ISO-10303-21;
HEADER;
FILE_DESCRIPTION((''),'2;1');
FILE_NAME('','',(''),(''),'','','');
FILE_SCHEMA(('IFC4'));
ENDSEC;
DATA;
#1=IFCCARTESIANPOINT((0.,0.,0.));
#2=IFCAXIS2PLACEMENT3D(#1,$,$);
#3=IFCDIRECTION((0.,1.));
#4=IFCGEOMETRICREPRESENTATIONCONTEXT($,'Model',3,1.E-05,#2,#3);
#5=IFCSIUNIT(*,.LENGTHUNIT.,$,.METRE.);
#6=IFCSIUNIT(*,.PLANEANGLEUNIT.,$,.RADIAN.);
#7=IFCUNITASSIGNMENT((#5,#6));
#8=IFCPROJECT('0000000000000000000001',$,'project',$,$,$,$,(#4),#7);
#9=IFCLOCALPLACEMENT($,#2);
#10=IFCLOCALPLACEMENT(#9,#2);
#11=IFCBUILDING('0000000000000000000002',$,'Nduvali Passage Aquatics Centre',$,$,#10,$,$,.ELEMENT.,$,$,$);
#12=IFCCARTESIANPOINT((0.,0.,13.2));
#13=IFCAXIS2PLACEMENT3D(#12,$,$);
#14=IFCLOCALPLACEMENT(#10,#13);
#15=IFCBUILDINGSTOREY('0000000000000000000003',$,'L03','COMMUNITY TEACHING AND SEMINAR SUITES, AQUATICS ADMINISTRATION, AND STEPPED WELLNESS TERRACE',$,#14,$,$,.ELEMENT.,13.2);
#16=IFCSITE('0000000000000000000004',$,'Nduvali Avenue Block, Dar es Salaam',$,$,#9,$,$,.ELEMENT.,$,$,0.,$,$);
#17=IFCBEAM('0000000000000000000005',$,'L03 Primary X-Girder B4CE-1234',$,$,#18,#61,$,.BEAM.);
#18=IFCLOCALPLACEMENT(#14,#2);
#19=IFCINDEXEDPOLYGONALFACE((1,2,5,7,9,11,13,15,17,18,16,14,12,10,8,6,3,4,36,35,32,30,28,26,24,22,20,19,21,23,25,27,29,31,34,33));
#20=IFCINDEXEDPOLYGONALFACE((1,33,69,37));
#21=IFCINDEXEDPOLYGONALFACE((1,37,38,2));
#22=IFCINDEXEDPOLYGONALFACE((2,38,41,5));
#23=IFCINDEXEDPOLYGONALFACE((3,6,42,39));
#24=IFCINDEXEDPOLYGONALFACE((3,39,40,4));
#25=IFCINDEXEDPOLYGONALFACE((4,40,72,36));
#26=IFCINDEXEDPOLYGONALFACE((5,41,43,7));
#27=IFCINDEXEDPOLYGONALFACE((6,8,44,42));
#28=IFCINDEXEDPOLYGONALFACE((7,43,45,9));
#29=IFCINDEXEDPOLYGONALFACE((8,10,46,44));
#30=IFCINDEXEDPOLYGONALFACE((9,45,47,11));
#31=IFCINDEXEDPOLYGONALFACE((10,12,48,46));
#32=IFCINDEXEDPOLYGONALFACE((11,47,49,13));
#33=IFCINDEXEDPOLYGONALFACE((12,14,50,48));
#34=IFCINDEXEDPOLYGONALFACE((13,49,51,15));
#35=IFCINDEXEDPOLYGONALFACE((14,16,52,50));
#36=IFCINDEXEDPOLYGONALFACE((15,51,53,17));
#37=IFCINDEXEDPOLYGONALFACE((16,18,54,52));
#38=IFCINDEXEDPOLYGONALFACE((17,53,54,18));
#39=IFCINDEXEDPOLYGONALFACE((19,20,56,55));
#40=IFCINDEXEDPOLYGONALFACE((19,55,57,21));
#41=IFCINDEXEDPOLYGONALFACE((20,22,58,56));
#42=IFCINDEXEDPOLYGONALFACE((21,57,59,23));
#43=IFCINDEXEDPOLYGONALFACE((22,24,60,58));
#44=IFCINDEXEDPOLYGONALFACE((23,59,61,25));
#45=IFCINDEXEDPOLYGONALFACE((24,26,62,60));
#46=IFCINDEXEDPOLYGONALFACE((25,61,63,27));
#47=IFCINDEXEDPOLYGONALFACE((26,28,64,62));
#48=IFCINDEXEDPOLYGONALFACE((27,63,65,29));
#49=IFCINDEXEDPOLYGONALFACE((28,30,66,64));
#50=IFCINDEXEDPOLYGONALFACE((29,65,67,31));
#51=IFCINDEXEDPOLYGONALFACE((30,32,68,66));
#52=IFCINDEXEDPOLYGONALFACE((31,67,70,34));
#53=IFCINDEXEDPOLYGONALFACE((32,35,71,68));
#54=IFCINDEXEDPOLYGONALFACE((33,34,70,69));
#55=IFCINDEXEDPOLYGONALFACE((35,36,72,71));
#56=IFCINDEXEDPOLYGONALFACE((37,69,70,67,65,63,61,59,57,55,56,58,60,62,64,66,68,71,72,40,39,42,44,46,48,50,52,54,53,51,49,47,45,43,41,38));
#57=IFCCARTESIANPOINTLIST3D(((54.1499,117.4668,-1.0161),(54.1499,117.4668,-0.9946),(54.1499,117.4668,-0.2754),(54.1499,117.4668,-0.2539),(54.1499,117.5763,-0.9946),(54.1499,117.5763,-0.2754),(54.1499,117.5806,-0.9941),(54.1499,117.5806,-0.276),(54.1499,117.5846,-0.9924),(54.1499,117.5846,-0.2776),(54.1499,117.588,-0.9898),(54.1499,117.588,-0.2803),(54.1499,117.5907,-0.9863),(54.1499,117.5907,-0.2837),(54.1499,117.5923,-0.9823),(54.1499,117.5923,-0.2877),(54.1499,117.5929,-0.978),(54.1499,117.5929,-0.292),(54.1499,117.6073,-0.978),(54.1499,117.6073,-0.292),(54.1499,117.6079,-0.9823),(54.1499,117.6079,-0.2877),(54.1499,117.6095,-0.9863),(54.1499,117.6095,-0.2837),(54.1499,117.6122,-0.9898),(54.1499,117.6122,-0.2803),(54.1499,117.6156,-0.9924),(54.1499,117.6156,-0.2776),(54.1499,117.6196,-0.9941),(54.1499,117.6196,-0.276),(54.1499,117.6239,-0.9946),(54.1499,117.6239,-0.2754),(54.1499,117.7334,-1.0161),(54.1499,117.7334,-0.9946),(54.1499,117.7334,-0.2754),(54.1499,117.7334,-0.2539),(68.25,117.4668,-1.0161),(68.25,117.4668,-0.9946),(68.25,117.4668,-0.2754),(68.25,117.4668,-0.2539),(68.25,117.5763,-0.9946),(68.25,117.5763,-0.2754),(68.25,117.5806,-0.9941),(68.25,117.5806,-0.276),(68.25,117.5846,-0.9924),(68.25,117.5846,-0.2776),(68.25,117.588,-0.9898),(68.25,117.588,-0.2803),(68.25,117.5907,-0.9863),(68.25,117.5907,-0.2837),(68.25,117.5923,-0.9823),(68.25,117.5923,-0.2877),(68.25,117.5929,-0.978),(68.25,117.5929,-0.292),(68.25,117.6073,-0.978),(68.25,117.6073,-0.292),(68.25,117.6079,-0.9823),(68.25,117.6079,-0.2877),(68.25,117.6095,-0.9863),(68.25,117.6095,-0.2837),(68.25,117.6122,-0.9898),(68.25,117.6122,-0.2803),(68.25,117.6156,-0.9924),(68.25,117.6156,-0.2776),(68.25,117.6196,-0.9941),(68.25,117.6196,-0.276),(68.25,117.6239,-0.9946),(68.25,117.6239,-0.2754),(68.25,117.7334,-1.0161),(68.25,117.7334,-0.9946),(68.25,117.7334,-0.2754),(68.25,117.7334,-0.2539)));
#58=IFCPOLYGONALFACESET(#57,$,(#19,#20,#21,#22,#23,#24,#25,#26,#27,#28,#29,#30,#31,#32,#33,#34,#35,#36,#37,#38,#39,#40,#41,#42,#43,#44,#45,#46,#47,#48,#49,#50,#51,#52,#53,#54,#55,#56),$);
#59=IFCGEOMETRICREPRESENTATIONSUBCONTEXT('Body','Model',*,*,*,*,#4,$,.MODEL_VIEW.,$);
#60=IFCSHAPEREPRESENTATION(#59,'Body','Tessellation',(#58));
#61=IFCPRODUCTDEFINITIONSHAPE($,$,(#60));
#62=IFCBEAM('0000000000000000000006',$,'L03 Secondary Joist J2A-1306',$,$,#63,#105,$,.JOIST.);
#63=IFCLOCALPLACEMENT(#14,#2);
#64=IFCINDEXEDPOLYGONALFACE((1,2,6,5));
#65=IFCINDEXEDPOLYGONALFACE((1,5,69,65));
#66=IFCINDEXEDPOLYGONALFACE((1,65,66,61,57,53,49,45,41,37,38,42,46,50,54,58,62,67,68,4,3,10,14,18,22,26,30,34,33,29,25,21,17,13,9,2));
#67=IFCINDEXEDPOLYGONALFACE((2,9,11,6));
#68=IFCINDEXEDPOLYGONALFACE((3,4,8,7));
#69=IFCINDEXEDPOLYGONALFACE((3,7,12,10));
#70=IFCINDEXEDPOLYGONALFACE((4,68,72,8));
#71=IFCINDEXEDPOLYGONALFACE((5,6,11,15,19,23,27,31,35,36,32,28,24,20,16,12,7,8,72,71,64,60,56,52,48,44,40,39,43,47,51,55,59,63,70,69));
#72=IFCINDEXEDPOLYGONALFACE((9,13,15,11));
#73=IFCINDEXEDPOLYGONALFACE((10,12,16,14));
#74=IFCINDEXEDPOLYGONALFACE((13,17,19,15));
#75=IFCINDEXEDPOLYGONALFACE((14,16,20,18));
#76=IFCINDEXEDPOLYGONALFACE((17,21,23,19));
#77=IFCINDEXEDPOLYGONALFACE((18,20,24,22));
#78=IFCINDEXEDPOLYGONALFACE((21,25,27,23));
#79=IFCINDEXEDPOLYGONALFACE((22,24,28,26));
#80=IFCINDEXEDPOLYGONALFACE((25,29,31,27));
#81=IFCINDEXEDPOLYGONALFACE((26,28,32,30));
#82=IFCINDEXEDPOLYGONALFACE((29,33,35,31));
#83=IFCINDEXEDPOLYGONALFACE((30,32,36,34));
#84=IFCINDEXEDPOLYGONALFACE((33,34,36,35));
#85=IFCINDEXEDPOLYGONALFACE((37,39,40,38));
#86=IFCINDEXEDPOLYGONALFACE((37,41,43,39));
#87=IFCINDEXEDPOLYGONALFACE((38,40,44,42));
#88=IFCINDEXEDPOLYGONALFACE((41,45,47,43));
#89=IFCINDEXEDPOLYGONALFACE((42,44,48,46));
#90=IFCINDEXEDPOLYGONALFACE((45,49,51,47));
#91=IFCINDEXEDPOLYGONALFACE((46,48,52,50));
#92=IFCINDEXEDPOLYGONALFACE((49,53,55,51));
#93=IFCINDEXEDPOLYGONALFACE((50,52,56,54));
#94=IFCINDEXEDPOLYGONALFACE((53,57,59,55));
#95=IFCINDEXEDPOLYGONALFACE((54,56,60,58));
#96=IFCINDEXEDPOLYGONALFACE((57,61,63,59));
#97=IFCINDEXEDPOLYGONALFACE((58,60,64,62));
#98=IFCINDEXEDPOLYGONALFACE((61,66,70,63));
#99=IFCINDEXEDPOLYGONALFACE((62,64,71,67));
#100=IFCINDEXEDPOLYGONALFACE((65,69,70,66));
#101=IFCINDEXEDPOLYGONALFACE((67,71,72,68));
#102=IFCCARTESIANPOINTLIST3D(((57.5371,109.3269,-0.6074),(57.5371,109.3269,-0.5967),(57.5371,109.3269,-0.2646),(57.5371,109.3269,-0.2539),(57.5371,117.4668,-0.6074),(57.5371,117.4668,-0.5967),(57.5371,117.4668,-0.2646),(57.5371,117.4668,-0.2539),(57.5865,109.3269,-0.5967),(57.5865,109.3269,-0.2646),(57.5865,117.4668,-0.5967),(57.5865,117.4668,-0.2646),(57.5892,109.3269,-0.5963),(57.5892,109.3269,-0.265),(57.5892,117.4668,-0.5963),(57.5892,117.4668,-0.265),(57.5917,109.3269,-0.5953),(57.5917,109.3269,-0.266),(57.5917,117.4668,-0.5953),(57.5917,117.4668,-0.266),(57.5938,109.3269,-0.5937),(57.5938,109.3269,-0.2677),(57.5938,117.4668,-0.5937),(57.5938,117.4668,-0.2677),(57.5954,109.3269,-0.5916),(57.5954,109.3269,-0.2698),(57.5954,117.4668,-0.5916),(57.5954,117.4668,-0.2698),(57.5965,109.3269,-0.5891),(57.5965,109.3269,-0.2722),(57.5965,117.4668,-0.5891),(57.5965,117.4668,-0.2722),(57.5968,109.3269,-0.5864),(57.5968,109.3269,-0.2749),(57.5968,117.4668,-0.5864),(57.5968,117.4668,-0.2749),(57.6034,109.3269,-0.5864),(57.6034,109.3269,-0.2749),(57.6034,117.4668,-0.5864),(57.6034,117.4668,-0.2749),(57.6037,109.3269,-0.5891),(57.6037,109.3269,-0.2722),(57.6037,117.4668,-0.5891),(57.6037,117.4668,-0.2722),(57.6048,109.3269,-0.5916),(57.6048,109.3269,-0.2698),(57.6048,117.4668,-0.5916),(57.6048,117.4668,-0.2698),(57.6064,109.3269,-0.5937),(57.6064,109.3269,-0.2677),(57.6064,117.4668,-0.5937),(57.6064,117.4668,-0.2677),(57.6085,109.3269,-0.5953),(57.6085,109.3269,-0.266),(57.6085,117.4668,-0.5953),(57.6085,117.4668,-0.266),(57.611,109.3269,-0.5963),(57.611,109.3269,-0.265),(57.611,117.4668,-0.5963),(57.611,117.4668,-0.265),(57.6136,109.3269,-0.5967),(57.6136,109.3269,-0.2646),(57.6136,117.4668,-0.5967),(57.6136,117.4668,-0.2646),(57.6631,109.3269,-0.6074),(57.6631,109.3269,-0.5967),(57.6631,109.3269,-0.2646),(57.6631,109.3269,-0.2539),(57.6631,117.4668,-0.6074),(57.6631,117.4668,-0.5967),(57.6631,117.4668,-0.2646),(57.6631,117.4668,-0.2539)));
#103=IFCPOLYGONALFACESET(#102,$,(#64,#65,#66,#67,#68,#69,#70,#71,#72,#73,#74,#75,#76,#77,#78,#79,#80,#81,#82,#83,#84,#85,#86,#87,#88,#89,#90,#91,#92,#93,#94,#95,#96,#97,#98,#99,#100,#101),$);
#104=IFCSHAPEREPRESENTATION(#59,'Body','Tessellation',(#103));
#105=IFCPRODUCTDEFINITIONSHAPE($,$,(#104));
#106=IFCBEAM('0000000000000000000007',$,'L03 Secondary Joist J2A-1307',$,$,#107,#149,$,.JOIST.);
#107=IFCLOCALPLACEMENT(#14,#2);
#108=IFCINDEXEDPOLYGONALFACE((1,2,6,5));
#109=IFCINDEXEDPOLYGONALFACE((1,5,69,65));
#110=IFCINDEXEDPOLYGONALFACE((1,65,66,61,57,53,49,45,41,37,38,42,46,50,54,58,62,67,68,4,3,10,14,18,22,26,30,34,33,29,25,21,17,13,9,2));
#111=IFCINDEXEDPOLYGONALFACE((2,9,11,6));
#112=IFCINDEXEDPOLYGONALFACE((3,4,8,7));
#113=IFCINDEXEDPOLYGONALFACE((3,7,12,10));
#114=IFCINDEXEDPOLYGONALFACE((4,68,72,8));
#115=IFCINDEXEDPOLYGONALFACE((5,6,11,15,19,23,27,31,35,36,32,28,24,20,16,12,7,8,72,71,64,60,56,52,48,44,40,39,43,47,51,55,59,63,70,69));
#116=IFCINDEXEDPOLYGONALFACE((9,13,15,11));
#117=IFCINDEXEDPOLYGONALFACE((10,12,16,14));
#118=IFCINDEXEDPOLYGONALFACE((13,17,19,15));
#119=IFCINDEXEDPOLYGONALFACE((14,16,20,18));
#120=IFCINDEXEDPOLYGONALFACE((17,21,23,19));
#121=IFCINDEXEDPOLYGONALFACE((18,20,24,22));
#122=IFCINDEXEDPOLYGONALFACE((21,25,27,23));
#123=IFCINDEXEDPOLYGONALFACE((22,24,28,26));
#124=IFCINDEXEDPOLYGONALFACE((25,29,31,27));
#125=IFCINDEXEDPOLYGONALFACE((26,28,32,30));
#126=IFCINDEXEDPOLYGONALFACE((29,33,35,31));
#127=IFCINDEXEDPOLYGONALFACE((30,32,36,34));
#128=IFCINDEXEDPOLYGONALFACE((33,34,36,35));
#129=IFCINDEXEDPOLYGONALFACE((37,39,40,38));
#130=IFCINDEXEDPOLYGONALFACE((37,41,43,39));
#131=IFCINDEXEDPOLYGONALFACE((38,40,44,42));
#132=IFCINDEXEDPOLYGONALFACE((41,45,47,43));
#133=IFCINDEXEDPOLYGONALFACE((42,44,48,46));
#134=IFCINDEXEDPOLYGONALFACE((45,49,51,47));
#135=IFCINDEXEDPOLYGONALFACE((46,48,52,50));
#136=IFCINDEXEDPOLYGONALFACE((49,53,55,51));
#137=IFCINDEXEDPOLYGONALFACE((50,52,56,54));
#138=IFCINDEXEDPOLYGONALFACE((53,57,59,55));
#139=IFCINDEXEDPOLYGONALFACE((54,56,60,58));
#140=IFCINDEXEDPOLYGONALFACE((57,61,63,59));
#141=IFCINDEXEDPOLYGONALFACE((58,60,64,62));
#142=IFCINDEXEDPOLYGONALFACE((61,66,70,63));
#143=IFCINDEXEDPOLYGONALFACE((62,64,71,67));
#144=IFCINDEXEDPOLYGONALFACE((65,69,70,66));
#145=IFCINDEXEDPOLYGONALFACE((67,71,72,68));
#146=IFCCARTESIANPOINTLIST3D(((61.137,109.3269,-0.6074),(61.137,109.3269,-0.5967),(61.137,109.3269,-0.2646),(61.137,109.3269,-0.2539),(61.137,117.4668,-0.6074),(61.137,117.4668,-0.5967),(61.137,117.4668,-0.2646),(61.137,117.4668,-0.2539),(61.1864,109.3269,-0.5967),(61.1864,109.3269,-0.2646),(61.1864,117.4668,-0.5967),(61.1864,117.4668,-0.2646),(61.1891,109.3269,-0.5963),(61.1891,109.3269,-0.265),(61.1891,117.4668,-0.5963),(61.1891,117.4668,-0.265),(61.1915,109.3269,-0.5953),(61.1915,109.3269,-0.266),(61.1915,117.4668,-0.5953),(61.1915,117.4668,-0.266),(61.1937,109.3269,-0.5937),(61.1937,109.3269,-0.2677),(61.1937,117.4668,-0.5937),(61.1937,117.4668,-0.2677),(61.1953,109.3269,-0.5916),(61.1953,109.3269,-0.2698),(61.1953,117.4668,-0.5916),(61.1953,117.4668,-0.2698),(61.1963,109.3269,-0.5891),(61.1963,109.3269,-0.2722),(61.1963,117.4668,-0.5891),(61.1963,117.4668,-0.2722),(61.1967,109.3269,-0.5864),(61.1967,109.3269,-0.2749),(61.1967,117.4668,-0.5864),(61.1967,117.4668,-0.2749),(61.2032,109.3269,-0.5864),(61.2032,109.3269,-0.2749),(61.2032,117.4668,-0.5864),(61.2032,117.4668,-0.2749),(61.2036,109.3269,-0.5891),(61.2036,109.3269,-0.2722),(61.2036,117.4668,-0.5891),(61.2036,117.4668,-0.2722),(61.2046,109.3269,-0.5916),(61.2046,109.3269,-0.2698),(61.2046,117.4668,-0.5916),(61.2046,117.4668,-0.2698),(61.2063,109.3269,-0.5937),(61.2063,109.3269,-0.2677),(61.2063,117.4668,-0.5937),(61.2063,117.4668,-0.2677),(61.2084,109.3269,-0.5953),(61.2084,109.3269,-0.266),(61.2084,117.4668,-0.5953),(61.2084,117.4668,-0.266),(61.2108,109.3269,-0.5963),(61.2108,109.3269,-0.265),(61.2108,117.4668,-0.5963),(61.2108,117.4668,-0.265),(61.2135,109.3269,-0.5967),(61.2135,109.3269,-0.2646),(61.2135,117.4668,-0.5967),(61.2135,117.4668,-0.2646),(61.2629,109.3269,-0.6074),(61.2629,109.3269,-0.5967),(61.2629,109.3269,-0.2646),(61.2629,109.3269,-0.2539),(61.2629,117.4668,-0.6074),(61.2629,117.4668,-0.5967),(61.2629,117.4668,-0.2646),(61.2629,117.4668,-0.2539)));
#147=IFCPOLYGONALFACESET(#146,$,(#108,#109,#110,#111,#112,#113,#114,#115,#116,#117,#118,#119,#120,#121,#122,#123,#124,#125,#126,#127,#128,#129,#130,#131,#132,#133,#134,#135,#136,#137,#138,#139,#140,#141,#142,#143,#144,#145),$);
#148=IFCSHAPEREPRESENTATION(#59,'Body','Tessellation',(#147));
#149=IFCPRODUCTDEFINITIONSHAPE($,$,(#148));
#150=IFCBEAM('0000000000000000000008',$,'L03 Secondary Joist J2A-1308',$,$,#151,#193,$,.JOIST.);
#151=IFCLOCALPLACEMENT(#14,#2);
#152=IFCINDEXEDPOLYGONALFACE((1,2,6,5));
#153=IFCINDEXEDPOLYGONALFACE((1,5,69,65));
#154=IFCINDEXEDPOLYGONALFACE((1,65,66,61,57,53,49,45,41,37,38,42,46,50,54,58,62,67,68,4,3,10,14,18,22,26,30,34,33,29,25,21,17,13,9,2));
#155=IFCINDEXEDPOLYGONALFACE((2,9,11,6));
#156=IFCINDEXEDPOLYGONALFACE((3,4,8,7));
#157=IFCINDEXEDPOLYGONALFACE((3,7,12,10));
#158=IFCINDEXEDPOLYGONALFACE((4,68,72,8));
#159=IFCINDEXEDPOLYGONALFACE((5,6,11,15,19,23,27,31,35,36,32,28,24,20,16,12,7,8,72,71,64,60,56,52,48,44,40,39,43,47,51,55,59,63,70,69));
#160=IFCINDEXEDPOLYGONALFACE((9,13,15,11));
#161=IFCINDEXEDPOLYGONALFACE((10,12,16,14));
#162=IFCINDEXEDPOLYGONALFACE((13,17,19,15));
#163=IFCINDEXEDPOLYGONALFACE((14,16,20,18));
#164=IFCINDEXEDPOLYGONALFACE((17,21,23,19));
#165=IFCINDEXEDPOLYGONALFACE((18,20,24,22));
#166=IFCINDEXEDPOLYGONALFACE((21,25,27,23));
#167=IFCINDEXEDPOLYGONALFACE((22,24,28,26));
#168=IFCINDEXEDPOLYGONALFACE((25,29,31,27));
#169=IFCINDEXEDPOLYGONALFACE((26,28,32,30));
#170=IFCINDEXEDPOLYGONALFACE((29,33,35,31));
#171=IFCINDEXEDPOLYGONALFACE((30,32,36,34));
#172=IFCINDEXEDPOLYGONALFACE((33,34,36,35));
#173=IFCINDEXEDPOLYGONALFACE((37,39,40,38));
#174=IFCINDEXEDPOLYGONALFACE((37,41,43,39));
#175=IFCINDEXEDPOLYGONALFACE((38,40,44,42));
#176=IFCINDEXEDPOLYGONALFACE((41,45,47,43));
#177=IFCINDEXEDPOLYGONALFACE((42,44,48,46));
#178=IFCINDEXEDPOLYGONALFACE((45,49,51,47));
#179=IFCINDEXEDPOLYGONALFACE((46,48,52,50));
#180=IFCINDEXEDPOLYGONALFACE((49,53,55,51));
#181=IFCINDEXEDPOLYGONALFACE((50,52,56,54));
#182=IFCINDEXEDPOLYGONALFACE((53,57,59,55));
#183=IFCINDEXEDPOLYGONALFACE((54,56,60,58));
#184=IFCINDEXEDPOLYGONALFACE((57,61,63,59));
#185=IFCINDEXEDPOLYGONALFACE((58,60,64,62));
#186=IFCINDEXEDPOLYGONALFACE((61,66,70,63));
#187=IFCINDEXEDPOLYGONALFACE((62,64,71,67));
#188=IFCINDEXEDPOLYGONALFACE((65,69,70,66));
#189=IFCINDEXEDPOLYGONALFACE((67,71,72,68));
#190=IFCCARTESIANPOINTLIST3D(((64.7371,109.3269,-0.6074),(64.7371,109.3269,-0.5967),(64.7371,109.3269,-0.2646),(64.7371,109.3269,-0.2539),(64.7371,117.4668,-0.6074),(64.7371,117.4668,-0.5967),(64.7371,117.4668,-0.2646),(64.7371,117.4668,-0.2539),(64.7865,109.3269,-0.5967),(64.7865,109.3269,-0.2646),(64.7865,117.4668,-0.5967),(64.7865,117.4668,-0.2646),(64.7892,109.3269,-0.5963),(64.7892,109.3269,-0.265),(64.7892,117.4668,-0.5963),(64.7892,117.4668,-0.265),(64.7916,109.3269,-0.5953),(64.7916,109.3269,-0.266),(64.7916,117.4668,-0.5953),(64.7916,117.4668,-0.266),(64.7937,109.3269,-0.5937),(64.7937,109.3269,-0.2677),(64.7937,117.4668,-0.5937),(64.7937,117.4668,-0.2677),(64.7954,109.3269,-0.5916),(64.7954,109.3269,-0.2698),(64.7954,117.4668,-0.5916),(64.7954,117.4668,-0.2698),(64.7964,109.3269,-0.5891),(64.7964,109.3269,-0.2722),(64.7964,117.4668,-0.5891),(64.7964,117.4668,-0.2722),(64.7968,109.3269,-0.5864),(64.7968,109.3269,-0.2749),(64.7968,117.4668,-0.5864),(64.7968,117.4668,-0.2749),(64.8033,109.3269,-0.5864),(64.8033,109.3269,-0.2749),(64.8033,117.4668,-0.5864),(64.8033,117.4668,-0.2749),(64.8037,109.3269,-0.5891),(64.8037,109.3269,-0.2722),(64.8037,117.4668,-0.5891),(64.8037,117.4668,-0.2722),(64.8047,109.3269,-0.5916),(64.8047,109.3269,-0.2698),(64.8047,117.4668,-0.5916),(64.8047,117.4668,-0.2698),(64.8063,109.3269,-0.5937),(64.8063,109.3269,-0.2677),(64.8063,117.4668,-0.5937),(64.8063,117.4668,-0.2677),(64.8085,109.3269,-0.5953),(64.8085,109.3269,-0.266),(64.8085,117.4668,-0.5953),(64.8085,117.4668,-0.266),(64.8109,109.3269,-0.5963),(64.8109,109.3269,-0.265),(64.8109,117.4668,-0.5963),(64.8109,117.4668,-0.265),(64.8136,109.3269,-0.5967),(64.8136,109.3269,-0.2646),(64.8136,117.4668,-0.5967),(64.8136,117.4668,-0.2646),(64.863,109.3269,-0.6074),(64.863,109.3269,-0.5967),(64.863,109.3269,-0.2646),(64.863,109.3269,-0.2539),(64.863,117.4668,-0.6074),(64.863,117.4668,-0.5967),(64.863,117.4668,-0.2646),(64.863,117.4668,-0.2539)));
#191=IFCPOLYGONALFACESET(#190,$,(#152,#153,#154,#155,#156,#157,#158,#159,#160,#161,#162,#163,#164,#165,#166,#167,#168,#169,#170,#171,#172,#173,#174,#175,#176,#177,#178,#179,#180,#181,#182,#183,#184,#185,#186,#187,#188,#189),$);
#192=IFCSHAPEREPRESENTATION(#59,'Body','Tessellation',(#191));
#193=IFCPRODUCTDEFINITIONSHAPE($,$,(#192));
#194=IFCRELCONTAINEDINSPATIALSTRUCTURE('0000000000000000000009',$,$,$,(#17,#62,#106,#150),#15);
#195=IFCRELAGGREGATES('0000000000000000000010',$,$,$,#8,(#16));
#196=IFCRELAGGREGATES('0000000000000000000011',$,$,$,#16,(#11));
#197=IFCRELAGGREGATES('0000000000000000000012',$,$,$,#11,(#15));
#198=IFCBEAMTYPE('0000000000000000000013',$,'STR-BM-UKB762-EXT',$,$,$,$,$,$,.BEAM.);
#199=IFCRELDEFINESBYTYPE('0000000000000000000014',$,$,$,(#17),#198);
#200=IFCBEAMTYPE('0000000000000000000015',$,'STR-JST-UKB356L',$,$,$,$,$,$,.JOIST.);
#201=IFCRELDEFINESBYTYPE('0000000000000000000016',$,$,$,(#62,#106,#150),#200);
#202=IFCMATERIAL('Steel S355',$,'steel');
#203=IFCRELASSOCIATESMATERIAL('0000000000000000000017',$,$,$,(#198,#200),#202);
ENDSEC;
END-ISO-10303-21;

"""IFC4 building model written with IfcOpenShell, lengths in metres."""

from ifc_helpers import new_model, si_unit, direction, frame, origin, origin_2d, place, context, subcontext, project, spatial, i_section, extrude, material, material_profile, profile_set, type_object, element, save


model = new_model("IFC4")

# Units and contexts
model_context = context("Model", 3, precision=1e-05, world=origin(), true_north=direction((0.0, 1.0)))
body_context = subcontext(model_context, "Body", "Model", "MODEL_VIEW")
ifc_project = project(units=[si_unit("LENGTHUNIT", "METRE"), si_unit("PLANEANGLEUNIT", "RADIAN")], contexts=[model_context])

# Site, building, storey
site_placement = place(None, origin())
site = spatial("IfcSite", under=ifc_project, at=site_placement, Name="Nduvali Avenue Block, Dar es Salaam", CompositionType="ELEMENT", RefElevation=0.0)
building_placement = place(site_placement, origin())
building = spatial("IfcBuilding", under=site, at=building_placement, Name="Nduvali Passage Aquatics Centre", CompositionType="ELEMENT")
storey_placement = place(building_placement, frame((0.0, 0.0, 13.2)))
storey = spatial("IfcBuildingStorey", under=building, at=storey_placement, Name="L03", Description="COMMUNITY TEACHING AND SEMINAR SUITES, AQUATICS ADMINISTRATION, AND STEPPED WELLNESS TERRACE", CompositionType="ELEMENT", Elevation=13.2)

# Shared definitions
ifc_material_1 = material(Name="Steel S355", Category="steel")

# Beams
ifc_material_profile_1 = material_profile(ifc_material_1, i_section(OverallWidth=0.2666, OverallDepth=0.7622, WebThickness=0.0144, FlangeThickness=0.0215, FilletRadius=0.0166, at=origin_2d()), Name="UKB 762x267x173")
ifc_profile_set_1 = profile_set([ifc_material_profile_1], Name="Steel S355")
beam_type_1 = type_object("IfcBeamType", Name="STR-BM-UKB762-EXT", PredefinedType="BEAM", material=ifc_profile_set_1)
beam_1_placement = place(storey_placement, frame((54.1499, 117.6001, -0.635), z_axis=(1.0, 0.0, 0.0), x_axis=(0.0, 1.0, 0.0)))
element("IfcBeam", 1, at=beam_1_placement, inside=storey, type_object=beam_type_1, Name="L03 Primary X-Girder B4CE-1234", PredefinedType="BEAM", context=body_context, shape_type="SweptSolid", body=[
    extrude(i_section(OverallWidth=0.2666, OverallDepth=0.7622, WebThickness=0.0144, FlangeThickness=0.0215, FilletRadius=0.0166, at=origin_2d()), origin(), (0.0, 0.0, 1.0), 14.1001),
])
ifc_material_profile_2 = material_profile(ifc_material_1, i_section(OverallWidth=0.126, OverallDepth=0.3535, WebThickness=0.0066, FlangeThickness=0.0107, FilletRadius=0.0103, at=origin_2d()), Name="UKB 356x127x39")
ifc_profile_set_2 = profile_set([ifc_material_profile_2], Name="Steel S355")
beam_type_2 = type_object("IfcBeamType", Name="STR-JST-UKB356L", PredefinedType="JOIST", material=ifc_profile_set_2)
for number, where, z_axis, x_axis, name in (
    (2, (57.6001, 109.3269, -0.4307), (0.0, 1.0, 0.0), (-1.0, 0.0, 0.0), "L03 Secondary Joist J2A-1306"),
    (3, (61.2, 109.3269, -0.4307), (0.0, 1.0, 0.0), (-1.0, 0.0, 0.0), "L03 Secondary Joist J2A-1307"),
    (4, (64.8, 109.3269, -0.4307), (0.0, 1.0, 0.0), (-1.0, 0.0, 0.0), "L03 Secondary Joist J2A-1308"),
):
    element("IfcBeam", number, at=place(storey_placement, frame(where, z_axis=z_axis, x_axis=x_axis)), inside=storey, type_object=beam_type_2, Name=name, PredefinedType="JOIST", context=body_context, shape_type="SweptSolid", body=[
        extrude(i_section(OverallWidth=0.126, OverallDepth=0.3535, WebThickness=0.0066, FlangeThickness=0.0107, FilletRadius=0.0103, at=origin_2d()), origin(), (0.0, 0.0, 1.0), 8.1399),
    ])

save(model, "model.ifc")
